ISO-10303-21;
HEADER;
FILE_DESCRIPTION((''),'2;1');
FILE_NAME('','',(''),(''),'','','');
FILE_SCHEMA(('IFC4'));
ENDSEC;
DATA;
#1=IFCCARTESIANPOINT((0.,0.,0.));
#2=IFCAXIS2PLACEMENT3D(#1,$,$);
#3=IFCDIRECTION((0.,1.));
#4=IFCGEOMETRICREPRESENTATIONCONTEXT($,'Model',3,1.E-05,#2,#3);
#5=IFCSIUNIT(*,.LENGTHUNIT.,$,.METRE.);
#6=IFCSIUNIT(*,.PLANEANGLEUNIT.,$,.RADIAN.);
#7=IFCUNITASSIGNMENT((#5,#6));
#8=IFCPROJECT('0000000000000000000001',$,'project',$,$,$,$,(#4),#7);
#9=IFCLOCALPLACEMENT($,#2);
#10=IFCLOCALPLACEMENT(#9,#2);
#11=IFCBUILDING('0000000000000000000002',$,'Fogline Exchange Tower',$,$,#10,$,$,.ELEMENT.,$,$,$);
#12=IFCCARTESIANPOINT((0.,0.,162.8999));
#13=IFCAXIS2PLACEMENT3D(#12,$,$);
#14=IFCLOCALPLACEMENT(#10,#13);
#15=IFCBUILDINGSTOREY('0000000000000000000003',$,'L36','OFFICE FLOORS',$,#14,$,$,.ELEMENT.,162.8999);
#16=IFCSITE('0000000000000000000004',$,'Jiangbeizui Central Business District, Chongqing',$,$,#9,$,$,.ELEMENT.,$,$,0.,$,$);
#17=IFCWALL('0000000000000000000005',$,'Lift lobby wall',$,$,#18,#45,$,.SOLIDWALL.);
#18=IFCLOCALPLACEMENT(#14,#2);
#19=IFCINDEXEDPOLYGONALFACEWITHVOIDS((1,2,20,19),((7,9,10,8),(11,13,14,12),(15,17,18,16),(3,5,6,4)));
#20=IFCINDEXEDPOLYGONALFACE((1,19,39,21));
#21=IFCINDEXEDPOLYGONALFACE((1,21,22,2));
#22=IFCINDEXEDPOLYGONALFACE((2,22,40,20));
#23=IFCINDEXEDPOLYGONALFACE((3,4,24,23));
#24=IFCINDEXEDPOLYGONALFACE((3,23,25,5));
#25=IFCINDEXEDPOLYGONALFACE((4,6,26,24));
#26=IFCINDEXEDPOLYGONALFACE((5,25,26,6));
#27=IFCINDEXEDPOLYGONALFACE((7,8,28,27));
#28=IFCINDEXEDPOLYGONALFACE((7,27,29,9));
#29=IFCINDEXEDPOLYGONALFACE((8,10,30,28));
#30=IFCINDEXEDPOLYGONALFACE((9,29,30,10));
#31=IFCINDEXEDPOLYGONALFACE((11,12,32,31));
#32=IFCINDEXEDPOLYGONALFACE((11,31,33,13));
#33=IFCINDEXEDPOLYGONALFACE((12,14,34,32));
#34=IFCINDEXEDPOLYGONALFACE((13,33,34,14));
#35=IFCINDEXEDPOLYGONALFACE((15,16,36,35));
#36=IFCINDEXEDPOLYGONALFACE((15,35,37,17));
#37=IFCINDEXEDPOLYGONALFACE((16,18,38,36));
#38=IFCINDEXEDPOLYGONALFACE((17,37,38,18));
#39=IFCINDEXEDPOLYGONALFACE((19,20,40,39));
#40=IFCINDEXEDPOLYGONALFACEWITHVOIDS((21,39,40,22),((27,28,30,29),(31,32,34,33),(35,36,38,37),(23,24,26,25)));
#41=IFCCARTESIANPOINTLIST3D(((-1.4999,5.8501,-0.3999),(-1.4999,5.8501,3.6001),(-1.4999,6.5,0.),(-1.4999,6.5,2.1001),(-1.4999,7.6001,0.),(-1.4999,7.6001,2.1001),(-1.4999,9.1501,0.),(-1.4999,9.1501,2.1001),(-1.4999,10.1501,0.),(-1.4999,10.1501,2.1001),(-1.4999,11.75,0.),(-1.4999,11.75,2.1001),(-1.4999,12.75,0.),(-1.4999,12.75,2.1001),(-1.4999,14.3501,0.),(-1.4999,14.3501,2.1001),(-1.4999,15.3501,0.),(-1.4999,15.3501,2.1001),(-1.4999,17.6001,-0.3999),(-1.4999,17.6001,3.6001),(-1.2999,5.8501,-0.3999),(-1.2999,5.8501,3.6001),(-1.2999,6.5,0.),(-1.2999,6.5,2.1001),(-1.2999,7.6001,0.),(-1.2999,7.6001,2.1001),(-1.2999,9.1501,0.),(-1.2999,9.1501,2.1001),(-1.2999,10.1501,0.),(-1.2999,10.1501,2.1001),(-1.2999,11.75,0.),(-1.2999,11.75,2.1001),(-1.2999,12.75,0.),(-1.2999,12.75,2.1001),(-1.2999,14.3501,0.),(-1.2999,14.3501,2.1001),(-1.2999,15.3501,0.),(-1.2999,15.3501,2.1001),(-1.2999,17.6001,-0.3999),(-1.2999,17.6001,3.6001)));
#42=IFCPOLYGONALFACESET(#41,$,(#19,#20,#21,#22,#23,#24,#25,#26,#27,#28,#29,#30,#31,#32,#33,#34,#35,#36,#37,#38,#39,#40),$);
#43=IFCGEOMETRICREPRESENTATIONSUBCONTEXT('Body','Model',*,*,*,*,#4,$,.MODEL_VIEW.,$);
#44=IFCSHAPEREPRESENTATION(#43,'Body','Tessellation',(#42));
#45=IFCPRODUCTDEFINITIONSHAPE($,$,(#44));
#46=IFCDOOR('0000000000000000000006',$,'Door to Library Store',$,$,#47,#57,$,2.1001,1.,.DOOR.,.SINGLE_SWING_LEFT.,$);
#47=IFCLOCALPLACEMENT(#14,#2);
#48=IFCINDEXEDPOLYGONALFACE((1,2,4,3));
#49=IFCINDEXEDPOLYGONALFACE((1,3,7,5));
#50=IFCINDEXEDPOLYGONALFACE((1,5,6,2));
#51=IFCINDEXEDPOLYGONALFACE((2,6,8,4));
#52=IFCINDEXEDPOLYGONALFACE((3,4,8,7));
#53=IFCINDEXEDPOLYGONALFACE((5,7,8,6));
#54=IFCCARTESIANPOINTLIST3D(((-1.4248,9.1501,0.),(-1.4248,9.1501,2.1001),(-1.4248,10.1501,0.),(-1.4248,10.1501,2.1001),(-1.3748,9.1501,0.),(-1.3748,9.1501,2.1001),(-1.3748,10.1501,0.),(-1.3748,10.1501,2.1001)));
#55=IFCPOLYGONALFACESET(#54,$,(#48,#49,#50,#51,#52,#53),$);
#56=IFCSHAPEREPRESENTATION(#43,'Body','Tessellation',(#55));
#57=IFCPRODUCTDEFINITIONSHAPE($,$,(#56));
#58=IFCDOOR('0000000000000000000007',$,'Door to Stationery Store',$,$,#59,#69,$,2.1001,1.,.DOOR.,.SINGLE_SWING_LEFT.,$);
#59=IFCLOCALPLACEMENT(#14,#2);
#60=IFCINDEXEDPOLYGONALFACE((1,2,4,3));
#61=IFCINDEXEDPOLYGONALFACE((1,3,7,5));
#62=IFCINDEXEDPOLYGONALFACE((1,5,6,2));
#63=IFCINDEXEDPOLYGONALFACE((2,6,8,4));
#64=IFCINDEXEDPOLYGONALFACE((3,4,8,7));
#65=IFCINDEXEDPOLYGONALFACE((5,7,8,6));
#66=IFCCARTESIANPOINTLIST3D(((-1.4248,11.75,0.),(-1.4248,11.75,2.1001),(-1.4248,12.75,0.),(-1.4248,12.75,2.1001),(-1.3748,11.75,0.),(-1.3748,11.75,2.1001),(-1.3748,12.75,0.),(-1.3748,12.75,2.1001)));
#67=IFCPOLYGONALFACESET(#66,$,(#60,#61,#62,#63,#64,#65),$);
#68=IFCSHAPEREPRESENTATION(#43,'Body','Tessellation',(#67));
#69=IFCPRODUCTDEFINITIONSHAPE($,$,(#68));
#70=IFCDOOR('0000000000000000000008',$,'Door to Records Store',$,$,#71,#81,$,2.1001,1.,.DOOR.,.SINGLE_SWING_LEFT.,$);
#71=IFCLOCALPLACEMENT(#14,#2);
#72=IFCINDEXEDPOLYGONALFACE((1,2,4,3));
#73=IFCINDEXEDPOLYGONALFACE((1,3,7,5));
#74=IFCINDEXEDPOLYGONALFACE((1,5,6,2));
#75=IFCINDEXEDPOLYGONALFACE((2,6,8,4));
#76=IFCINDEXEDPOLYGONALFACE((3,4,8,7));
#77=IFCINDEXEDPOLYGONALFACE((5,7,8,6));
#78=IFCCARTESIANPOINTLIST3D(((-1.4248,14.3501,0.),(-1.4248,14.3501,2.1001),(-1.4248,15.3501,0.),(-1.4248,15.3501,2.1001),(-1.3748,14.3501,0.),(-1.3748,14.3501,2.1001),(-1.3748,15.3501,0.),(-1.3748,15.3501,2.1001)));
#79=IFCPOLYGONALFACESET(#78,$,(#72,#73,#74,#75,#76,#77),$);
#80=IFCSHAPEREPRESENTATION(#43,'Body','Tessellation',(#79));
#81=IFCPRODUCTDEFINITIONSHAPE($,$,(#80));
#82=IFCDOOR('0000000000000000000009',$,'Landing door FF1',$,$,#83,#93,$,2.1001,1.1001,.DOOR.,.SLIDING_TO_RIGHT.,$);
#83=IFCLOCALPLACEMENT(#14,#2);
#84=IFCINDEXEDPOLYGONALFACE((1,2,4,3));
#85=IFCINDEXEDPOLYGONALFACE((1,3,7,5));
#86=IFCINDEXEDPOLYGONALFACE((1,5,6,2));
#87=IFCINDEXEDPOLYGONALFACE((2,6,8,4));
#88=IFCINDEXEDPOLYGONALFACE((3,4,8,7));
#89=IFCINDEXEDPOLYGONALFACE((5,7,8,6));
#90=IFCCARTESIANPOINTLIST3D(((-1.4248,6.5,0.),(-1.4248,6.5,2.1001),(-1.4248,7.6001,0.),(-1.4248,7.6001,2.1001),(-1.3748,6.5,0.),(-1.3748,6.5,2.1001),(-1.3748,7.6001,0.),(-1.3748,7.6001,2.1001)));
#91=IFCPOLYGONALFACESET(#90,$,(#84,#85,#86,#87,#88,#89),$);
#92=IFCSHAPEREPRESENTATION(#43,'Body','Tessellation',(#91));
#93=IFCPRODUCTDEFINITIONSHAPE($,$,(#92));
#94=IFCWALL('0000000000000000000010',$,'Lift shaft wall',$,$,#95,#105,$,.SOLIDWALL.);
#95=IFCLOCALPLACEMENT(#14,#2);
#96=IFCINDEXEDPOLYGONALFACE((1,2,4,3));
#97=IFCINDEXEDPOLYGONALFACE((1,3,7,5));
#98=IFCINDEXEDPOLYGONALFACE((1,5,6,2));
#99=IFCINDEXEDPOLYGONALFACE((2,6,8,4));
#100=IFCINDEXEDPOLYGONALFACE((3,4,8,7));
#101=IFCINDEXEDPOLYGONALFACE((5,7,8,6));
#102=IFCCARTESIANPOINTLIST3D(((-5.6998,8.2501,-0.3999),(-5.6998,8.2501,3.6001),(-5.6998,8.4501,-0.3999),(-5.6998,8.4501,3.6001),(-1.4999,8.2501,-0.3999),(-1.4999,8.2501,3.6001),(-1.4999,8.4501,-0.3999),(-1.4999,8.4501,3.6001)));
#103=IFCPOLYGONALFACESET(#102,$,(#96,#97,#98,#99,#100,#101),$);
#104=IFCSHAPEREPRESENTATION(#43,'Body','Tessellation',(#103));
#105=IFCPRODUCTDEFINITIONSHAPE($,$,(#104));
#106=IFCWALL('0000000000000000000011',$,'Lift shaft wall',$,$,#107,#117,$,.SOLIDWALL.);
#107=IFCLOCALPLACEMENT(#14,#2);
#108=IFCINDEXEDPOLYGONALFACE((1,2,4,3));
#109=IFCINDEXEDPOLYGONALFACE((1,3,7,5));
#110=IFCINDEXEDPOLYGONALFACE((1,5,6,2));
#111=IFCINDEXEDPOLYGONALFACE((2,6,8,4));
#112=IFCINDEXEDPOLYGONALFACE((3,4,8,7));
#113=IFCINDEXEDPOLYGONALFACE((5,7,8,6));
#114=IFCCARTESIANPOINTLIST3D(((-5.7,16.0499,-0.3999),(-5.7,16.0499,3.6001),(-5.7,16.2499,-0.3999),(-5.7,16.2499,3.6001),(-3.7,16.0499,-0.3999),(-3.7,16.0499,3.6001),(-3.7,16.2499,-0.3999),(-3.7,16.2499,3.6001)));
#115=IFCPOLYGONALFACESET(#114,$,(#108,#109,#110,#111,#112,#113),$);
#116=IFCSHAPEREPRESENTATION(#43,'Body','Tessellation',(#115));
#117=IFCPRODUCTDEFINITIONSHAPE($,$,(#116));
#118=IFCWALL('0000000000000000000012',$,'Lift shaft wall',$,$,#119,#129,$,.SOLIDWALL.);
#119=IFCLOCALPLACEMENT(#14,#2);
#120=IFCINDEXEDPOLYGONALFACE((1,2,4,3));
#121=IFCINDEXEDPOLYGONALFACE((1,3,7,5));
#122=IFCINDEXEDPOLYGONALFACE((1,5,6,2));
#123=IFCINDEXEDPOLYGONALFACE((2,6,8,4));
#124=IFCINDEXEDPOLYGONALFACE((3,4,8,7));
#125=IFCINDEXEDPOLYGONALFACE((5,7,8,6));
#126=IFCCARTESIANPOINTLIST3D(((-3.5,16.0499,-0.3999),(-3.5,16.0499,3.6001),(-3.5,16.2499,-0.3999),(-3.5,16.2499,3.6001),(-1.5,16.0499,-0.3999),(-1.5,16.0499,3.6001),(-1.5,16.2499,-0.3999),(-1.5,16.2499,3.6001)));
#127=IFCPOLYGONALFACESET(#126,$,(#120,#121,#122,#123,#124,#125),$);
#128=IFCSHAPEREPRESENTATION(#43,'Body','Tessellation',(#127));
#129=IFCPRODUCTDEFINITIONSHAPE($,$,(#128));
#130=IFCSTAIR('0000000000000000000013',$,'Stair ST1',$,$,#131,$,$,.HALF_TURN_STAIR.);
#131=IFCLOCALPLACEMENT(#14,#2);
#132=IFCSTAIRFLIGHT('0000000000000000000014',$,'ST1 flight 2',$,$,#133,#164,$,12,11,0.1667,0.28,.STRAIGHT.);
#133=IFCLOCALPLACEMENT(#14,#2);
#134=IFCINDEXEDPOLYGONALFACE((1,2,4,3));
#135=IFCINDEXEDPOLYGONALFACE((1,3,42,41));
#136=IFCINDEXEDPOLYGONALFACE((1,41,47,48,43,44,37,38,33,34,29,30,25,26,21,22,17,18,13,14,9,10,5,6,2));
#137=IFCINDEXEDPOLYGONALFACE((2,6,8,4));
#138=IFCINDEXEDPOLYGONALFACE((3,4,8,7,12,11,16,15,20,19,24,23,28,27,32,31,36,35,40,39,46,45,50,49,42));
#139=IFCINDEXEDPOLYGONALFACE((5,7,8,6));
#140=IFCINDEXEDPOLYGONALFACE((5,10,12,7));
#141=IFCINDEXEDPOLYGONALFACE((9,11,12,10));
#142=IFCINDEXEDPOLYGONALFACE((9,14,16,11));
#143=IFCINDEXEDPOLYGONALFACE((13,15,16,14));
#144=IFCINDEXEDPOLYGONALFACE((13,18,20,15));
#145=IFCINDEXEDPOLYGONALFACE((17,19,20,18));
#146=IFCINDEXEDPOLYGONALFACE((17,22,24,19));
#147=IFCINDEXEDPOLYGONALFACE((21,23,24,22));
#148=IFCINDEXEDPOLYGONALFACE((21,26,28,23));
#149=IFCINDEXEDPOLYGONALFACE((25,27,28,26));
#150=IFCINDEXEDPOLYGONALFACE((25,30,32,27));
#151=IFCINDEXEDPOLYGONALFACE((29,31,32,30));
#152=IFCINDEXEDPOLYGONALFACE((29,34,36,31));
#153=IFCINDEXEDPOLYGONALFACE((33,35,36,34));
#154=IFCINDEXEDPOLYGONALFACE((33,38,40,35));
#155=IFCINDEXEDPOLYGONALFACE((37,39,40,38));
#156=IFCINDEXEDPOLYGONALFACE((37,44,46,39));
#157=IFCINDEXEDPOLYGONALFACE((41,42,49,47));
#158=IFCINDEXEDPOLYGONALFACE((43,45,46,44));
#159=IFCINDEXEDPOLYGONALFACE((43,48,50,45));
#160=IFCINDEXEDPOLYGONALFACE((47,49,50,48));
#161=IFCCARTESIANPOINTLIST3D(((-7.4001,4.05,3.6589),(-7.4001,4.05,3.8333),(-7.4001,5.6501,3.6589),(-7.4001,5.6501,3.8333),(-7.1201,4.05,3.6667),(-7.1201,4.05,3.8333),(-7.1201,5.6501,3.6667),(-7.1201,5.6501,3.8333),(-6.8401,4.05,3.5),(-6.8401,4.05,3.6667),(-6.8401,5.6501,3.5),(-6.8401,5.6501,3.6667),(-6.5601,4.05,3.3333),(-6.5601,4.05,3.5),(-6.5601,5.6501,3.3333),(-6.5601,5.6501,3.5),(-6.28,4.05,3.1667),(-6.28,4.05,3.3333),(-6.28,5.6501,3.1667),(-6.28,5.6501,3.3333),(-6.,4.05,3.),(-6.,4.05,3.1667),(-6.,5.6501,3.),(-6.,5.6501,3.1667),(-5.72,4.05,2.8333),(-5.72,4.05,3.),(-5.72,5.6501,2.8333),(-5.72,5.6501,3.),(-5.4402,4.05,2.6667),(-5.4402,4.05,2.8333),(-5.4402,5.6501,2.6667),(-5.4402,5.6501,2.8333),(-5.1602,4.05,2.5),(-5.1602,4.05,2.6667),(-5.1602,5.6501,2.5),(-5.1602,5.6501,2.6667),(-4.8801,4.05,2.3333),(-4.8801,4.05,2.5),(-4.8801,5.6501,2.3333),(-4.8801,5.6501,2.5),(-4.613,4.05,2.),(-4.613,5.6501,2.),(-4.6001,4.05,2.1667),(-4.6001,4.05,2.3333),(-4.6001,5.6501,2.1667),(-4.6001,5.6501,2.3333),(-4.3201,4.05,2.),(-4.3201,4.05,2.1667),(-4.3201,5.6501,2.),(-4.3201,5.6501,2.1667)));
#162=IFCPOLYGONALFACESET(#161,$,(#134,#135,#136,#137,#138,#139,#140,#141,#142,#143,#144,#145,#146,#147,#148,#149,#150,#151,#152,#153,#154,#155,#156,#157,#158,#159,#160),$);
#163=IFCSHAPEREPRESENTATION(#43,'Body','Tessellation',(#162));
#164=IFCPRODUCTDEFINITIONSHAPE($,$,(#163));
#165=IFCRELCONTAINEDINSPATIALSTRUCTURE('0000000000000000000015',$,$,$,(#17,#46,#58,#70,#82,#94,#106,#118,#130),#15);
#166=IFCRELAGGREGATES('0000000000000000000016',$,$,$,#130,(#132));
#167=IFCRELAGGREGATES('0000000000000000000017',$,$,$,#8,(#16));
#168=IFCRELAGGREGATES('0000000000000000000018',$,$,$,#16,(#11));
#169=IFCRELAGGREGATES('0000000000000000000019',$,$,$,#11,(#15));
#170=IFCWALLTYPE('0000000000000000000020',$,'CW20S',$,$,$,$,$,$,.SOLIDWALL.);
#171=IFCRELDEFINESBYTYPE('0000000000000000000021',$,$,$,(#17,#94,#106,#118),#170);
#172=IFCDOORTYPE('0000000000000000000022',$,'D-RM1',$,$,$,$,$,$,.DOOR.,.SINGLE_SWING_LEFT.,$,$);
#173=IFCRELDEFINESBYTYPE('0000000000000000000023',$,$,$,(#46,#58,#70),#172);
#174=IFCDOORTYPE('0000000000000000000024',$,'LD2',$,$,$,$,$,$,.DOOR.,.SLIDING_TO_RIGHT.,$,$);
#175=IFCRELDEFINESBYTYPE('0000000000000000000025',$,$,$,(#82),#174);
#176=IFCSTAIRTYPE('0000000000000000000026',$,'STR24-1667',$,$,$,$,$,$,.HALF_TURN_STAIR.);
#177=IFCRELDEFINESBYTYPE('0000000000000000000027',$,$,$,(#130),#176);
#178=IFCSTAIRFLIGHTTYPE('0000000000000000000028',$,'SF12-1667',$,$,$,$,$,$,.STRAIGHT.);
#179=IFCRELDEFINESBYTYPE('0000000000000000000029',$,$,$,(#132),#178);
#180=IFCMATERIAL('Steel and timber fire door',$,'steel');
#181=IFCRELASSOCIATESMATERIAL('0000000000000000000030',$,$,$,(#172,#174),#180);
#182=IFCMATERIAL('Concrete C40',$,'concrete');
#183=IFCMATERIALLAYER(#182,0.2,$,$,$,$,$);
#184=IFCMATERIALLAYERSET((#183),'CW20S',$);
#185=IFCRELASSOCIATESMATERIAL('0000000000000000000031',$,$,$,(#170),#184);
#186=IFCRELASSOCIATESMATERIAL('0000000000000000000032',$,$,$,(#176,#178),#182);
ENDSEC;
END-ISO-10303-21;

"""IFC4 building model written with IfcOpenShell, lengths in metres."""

from ifc_helpers import new_model, si_unit, direction, frame, frame_2d, origin, place, context, subcontext, project, spatial, polyline, rectangle, outline, extrude, material, layer, layer_set, type_object, element, fill, aggregate, save


model = new_model("IFC4")

# Units and contexts
model_context = context("Model", 3, precision=1e-05, world=origin(), true_north=direction((0.0, 1.0)))
body_context = subcontext(model_context, "Body", "Model", "MODEL_VIEW")
ifc_project = project(units=[si_unit("LENGTHUNIT", "METRE"), si_unit("PLANEANGLEUNIT", "RADIAN")], contexts=[model_context])

# Site, building, storey
site_placement = place(None, origin())
site = spatial("IfcSite", under=ifc_project, at=site_placement, Name="Jiangbeizui Central Business District, Chongqing", CompositionType="ELEMENT", RefElevation=0.0)
building_placement = place(site_placement, origin())
building = spatial("IfcBuilding", under=site, at=building_placement, Name="Fogline Exchange Tower", CompositionType="ELEMENT")
storey_placement = place(building_placement, frame((0.0, 0.0, 162.8999)))
storey = spatial("IfcBuildingStorey", under=building, at=storey_placement, Name="L36", Description="OFFICE FLOORS", CompositionType="ELEMENT", Elevation=162.8999)

# Shared definitions
ifc_material_1 = material(Name="Steel and timber fire door", Category="steel")

# Shared definitions
ifc_material_2 = material(Name="Concrete C40", Category="concrete")

# Shared definitions
door_type_1 = type_object("IfcDoorType", Name="D-RM1", OperationType="SINGLE_SWING_LEFT", PredefinedType="DOOR", material=ifc_material_1)

# Shared definitions
ifc_layer_1 = layer(ifc_material_2, 0.2)
ifc_layer_set_1 = layer_set([ifc_layer_1], Name="CW20S")
wall_type_1 = type_object("IfcWallType", Name="CW20S", PredefinedType="SOLIDWALL", material=ifc_layer_set_1)

# Wall, openings, doors
wall_1_placement = place(storey_placement, frame((-1.3999, 5.8501, -0.3999), z_axis=(0.0, 0.0, 1.0), x_axis=(0.0, 1.0, 0.0)))
wall_1 = element("IfcWall", 1, at=wall_1_placement, inside=storey, type_object=wall_type_1, Name="Lift lobby wall", PredefinedType="SOLIDWALL", context=body_context, shape_type="SweptSolid", body=[
    extrude(rectangle(XDim=11.75, YDim=0.2, at=frame_2d((5.875, 0.0))), origin(), (0.0, 0.0, 1.0), 4.0),
])
opening_1_placement = place(wall_1_placement, frame((0.6499, 0.0, 0.3999)))
opening_1 = element("IfcOpeningElement", 2, at=opening_1_placement, cuts=wall_1, PredefinedType="OPENING", context=body_context, shape_type="SweptSolid", body=[
    extrude(rectangle(XDim=1.1001, YDim=2.1001, at=frame_2d((0.55, 1.05))), frame((0.0, 0.1099, 0.0), z_axis=(0.0, -1.0, 0.0), x_axis=(1.0, 0.0, 0.0)), (0.0, 0.0, 1.0), 0.22),
])
opening_2_placement = place(wall_1_placement, frame((3.3, 0.0, 0.3999)))
opening_2 = element("IfcOpeningElement", 3, at=opening_2_placement, cuts=wall_1, PredefinedType="OPENING", context=body_context, shape_type="SweptSolid", body=[
    extrude(rectangle(XDim=1.0, YDim=2.1001, at=frame_2d((0.5, 1.05))), frame((0.0, 0.1099, 0.0), z_axis=(0.0, -1.0, 0.0), x_axis=(1.0, 0.0, 0.0)), (0.0, 0.0, 1.0), 0.22),
])
opening_3_placement = place(wall_1_placement, frame((5.8999, 0.0, 0.3999)))
opening_3 = element("IfcOpeningElement", 4, at=opening_3_placement, cuts=wall_1, PredefinedType="OPENING", context=body_context, shape_type="SweptSolid", body=[
    extrude(rectangle(XDim=1.0, YDim=2.1001, at=frame_2d((0.5, 1.05))), frame((0.0, 0.1099, 0.0), z_axis=(0.0, -1.0, 0.0), x_axis=(1.0, 0.0, 0.0)), (0.0, 0.0, 1.0), 0.22),
])
opening_4_placement = place(wall_1_placement, frame((8.5, 0.0, 0.3999)))
opening_4 = element("IfcOpeningElement", 5, at=opening_4_placement, cuts=wall_1, PredefinedType="OPENING", context=body_context, shape_type="SweptSolid", body=[
    extrude(rectangle(XDim=1.0, YDim=2.1001, at=frame_2d((0.5, 1.05))), frame((0.0, 0.1099, 0.0), z_axis=(0.0, -1.0, 0.0), x_axis=(1.0, 0.0, 0.0)), (0.0, 0.0, 1.0), 0.22),
])
door_1_placement = place(opening_2_placement, origin())
door_1 = element("IfcDoor", 6, at=door_1_placement, inside=storey, type_object=door_type_1, Name="Door to Library Store", OperationType="SINGLE_SWING_LEFT", OverallHeight=2.1001, OverallWidth=1.0, PredefinedType="DOOR", context=body_context, shape_type="SweptSolid", body=[
    extrude(rectangle(XDim=1.0, YDim=2.1001, at=frame_2d((0.5, 1.05))), frame((0.0, 0.0249, 0.0), z_axis=(0.0, -1.0, 0.0), x_axis=(1.0, 0.0, 0.0)), (0.0, 0.0, 1.0), 0.05),
])
fill(opening_2, door_1)
door_2_placement = place(opening_3_placement, origin())
door_2 = element("IfcDoor", 7, at=door_2_placement, inside=storey, type_object=door_type_1, Name="Door to Stationery Store", OperationType="SINGLE_SWING_LEFT", OverallHeight=2.1001, OverallWidth=1.0, PredefinedType="DOOR", context=body_context, shape_type="SweptSolid", body=[
    extrude(rectangle(XDim=1.0, YDim=2.1001, at=frame_2d((0.5, 1.05))), frame((0.0, 0.0249, 0.0), z_axis=(0.0, -1.0, 0.0), x_axis=(1.0, 0.0, 0.0)), (0.0, 0.0, 1.0), 0.05),
])
fill(opening_3, door_2)
door_3_placement = place(opening_4_placement, origin())
door_3 = element("IfcDoor", 8, at=door_3_placement, inside=storey, type_object=door_type_1, Name="Door to Records Store", OperationType="SINGLE_SWING_LEFT", OverallHeight=2.1001, OverallWidth=1.0, PredefinedType="DOOR", context=body_context, shape_type="SweptSolid", body=[
    extrude(rectangle(XDim=1.0, YDim=2.1001, at=frame_2d((0.5, 1.05))), frame((0.0, 0.0249, 0.0), z_axis=(0.0, -1.0, 0.0), x_axis=(1.0, 0.0, 0.0)), (0.0, 0.0, 1.0), 0.05),
])
fill(opening_4, door_3)
door_type_2 = type_object("IfcDoorType", Name="LD2", OperationType="SLIDING_TO_RIGHT", PredefinedType="DOOR", material=ifc_material_1)
door_4_placement = place(opening_1_placement, origin())
door_4 = element("IfcDoor", 9, at=door_4_placement, inside=storey, type_object=door_type_2, Name="Landing door FF1", OperationType="SLIDING_TO_RIGHT", OverallHeight=2.1001, OverallWidth=1.1001, PredefinedType="DOOR", context=body_context, shape_type="SweptSolid", body=[
    extrude(rectangle(XDim=1.1001, YDim=2.1001, at=frame_2d((0.55, 1.05))), frame((0.0, 0.0249, 0.0), z_axis=(0.0, -1.0, 0.0), x_axis=(1.0, 0.0, 0.0)), (0.0, 0.0, 1.0), 0.05),
])
fill(opening_1, door_4)

# Walls
wall_2_placement = place(storey_placement, frame((-5.7, 8.3501, -0.3999), z_axis=(0.0, 0.0, 1.0), x_axis=(1.0, 0.0, 0.0)))
element("IfcWall", 10, at=wall_2_placement, inside=storey, type_object=wall_type_1, Name="Lift shaft wall", PredefinedType="SOLIDWALL", context=body_context, shape_type="SweptSolid", body=[
    extrude(rectangle(XDim=4.2, YDim=0.2, at=frame_2d((2.1001, 0.0))), origin(), (0.0, 0.0, 1.0), 4.0),
])
for number, where, z_axis, x_axis, name in (
    (11, (-5.7, 16.1499, -0.3999), (0.0, 0.0, 1.0), (1.0, 0.0, 0.0), "Lift shaft wall"),
    (12, (-3.5, 16.1499, -0.3999), (0.0, 0.0, 1.0), (1.0, 0.0, 0.0), "Lift shaft wall"),
):
    element("IfcWall", number, at=place(storey_placement, frame(where, z_axis=z_axis, x_axis=x_axis)), inside=storey, type_object=wall_type_1, Name=name, PredefinedType="SOLIDWALL", context=body_context, shape_type="SweptSolid", body=[
        extrude(rectangle(XDim=2.0, YDim=0.2, at=frame_2d((1.0, 0.0))), origin(), (0.0, 0.0, 1.0), 4.0),
    ])

# Stair, stair flight
stair_type = type_object("IfcStairType", Name="STR24-1667", PredefinedType="HALF_TURN_STAIR", material=ifc_material_2)
stair_placement = place(storey_placement, origin())
stair = element("IfcStair", 13, at=stair_placement, inside=storey, type_object=stair_type, Name="Stair ST1", PredefinedType="HALF_TURN_STAIR")
stair_flight_type = type_object("IfcStairFlightType", Name="SF12-1667", PredefinedType="STRAIGHT", material=ifc_material_2)
stair_flight_placement = place(storey_placement, frame((-4.3201, 4.8501, 2.0), z_axis=(0.0, 0.0, 1.0), x_axis=(-1.0, 0.0, 0.0)))
stair_flight = element("IfcStairFlight", 14, at=stair_flight_placement, type_object=stair_flight_type, Name="ST1 flight 2", NumberOfRisers=12, NumberOfTreads=11, PredefinedType="STRAIGHT", RiserHeight=0.1667, TreadLength=0.28, context=body_context, shape_type="SweptSolid", body=[
    extrude(outline(polyline([(0.0, 0.0), (0.0, 0.1667), (0.28, 0.1667), (0.28, 0.3333), (0.5601, 0.3333), (0.5601, 0.5), (0.8401, 0.5), (0.8401, 0.6667), (1.1201, 0.6667), (1.1201, 0.8333), (1.3999, 0.8333), (1.3999, 1.0), (1.6799, 1.0), (1.6799, 1.1667), (1.96, 1.1667), (1.96, 1.3333), (2.24, 1.3333), (2.24, 1.5), (2.52, 1.5), (2.52, 1.6667), (2.8, 1.6667), (2.8, 1.8333), (3.0801, 1.8333), (3.0801, 2.0), (3.0801, 1.6589), (0.293, 0.0), (0.0, 0.0)])), frame((0.0, 0.8, 0.0), z_axis=(0.0, -1.0, 0.0), x_axis=(1.0, 0.0, 0.0)), (0.0, 0.0, 1.0), 1.6001),
])
aggregate(stair, [stair_flight])

save(model, "model.ifc")
